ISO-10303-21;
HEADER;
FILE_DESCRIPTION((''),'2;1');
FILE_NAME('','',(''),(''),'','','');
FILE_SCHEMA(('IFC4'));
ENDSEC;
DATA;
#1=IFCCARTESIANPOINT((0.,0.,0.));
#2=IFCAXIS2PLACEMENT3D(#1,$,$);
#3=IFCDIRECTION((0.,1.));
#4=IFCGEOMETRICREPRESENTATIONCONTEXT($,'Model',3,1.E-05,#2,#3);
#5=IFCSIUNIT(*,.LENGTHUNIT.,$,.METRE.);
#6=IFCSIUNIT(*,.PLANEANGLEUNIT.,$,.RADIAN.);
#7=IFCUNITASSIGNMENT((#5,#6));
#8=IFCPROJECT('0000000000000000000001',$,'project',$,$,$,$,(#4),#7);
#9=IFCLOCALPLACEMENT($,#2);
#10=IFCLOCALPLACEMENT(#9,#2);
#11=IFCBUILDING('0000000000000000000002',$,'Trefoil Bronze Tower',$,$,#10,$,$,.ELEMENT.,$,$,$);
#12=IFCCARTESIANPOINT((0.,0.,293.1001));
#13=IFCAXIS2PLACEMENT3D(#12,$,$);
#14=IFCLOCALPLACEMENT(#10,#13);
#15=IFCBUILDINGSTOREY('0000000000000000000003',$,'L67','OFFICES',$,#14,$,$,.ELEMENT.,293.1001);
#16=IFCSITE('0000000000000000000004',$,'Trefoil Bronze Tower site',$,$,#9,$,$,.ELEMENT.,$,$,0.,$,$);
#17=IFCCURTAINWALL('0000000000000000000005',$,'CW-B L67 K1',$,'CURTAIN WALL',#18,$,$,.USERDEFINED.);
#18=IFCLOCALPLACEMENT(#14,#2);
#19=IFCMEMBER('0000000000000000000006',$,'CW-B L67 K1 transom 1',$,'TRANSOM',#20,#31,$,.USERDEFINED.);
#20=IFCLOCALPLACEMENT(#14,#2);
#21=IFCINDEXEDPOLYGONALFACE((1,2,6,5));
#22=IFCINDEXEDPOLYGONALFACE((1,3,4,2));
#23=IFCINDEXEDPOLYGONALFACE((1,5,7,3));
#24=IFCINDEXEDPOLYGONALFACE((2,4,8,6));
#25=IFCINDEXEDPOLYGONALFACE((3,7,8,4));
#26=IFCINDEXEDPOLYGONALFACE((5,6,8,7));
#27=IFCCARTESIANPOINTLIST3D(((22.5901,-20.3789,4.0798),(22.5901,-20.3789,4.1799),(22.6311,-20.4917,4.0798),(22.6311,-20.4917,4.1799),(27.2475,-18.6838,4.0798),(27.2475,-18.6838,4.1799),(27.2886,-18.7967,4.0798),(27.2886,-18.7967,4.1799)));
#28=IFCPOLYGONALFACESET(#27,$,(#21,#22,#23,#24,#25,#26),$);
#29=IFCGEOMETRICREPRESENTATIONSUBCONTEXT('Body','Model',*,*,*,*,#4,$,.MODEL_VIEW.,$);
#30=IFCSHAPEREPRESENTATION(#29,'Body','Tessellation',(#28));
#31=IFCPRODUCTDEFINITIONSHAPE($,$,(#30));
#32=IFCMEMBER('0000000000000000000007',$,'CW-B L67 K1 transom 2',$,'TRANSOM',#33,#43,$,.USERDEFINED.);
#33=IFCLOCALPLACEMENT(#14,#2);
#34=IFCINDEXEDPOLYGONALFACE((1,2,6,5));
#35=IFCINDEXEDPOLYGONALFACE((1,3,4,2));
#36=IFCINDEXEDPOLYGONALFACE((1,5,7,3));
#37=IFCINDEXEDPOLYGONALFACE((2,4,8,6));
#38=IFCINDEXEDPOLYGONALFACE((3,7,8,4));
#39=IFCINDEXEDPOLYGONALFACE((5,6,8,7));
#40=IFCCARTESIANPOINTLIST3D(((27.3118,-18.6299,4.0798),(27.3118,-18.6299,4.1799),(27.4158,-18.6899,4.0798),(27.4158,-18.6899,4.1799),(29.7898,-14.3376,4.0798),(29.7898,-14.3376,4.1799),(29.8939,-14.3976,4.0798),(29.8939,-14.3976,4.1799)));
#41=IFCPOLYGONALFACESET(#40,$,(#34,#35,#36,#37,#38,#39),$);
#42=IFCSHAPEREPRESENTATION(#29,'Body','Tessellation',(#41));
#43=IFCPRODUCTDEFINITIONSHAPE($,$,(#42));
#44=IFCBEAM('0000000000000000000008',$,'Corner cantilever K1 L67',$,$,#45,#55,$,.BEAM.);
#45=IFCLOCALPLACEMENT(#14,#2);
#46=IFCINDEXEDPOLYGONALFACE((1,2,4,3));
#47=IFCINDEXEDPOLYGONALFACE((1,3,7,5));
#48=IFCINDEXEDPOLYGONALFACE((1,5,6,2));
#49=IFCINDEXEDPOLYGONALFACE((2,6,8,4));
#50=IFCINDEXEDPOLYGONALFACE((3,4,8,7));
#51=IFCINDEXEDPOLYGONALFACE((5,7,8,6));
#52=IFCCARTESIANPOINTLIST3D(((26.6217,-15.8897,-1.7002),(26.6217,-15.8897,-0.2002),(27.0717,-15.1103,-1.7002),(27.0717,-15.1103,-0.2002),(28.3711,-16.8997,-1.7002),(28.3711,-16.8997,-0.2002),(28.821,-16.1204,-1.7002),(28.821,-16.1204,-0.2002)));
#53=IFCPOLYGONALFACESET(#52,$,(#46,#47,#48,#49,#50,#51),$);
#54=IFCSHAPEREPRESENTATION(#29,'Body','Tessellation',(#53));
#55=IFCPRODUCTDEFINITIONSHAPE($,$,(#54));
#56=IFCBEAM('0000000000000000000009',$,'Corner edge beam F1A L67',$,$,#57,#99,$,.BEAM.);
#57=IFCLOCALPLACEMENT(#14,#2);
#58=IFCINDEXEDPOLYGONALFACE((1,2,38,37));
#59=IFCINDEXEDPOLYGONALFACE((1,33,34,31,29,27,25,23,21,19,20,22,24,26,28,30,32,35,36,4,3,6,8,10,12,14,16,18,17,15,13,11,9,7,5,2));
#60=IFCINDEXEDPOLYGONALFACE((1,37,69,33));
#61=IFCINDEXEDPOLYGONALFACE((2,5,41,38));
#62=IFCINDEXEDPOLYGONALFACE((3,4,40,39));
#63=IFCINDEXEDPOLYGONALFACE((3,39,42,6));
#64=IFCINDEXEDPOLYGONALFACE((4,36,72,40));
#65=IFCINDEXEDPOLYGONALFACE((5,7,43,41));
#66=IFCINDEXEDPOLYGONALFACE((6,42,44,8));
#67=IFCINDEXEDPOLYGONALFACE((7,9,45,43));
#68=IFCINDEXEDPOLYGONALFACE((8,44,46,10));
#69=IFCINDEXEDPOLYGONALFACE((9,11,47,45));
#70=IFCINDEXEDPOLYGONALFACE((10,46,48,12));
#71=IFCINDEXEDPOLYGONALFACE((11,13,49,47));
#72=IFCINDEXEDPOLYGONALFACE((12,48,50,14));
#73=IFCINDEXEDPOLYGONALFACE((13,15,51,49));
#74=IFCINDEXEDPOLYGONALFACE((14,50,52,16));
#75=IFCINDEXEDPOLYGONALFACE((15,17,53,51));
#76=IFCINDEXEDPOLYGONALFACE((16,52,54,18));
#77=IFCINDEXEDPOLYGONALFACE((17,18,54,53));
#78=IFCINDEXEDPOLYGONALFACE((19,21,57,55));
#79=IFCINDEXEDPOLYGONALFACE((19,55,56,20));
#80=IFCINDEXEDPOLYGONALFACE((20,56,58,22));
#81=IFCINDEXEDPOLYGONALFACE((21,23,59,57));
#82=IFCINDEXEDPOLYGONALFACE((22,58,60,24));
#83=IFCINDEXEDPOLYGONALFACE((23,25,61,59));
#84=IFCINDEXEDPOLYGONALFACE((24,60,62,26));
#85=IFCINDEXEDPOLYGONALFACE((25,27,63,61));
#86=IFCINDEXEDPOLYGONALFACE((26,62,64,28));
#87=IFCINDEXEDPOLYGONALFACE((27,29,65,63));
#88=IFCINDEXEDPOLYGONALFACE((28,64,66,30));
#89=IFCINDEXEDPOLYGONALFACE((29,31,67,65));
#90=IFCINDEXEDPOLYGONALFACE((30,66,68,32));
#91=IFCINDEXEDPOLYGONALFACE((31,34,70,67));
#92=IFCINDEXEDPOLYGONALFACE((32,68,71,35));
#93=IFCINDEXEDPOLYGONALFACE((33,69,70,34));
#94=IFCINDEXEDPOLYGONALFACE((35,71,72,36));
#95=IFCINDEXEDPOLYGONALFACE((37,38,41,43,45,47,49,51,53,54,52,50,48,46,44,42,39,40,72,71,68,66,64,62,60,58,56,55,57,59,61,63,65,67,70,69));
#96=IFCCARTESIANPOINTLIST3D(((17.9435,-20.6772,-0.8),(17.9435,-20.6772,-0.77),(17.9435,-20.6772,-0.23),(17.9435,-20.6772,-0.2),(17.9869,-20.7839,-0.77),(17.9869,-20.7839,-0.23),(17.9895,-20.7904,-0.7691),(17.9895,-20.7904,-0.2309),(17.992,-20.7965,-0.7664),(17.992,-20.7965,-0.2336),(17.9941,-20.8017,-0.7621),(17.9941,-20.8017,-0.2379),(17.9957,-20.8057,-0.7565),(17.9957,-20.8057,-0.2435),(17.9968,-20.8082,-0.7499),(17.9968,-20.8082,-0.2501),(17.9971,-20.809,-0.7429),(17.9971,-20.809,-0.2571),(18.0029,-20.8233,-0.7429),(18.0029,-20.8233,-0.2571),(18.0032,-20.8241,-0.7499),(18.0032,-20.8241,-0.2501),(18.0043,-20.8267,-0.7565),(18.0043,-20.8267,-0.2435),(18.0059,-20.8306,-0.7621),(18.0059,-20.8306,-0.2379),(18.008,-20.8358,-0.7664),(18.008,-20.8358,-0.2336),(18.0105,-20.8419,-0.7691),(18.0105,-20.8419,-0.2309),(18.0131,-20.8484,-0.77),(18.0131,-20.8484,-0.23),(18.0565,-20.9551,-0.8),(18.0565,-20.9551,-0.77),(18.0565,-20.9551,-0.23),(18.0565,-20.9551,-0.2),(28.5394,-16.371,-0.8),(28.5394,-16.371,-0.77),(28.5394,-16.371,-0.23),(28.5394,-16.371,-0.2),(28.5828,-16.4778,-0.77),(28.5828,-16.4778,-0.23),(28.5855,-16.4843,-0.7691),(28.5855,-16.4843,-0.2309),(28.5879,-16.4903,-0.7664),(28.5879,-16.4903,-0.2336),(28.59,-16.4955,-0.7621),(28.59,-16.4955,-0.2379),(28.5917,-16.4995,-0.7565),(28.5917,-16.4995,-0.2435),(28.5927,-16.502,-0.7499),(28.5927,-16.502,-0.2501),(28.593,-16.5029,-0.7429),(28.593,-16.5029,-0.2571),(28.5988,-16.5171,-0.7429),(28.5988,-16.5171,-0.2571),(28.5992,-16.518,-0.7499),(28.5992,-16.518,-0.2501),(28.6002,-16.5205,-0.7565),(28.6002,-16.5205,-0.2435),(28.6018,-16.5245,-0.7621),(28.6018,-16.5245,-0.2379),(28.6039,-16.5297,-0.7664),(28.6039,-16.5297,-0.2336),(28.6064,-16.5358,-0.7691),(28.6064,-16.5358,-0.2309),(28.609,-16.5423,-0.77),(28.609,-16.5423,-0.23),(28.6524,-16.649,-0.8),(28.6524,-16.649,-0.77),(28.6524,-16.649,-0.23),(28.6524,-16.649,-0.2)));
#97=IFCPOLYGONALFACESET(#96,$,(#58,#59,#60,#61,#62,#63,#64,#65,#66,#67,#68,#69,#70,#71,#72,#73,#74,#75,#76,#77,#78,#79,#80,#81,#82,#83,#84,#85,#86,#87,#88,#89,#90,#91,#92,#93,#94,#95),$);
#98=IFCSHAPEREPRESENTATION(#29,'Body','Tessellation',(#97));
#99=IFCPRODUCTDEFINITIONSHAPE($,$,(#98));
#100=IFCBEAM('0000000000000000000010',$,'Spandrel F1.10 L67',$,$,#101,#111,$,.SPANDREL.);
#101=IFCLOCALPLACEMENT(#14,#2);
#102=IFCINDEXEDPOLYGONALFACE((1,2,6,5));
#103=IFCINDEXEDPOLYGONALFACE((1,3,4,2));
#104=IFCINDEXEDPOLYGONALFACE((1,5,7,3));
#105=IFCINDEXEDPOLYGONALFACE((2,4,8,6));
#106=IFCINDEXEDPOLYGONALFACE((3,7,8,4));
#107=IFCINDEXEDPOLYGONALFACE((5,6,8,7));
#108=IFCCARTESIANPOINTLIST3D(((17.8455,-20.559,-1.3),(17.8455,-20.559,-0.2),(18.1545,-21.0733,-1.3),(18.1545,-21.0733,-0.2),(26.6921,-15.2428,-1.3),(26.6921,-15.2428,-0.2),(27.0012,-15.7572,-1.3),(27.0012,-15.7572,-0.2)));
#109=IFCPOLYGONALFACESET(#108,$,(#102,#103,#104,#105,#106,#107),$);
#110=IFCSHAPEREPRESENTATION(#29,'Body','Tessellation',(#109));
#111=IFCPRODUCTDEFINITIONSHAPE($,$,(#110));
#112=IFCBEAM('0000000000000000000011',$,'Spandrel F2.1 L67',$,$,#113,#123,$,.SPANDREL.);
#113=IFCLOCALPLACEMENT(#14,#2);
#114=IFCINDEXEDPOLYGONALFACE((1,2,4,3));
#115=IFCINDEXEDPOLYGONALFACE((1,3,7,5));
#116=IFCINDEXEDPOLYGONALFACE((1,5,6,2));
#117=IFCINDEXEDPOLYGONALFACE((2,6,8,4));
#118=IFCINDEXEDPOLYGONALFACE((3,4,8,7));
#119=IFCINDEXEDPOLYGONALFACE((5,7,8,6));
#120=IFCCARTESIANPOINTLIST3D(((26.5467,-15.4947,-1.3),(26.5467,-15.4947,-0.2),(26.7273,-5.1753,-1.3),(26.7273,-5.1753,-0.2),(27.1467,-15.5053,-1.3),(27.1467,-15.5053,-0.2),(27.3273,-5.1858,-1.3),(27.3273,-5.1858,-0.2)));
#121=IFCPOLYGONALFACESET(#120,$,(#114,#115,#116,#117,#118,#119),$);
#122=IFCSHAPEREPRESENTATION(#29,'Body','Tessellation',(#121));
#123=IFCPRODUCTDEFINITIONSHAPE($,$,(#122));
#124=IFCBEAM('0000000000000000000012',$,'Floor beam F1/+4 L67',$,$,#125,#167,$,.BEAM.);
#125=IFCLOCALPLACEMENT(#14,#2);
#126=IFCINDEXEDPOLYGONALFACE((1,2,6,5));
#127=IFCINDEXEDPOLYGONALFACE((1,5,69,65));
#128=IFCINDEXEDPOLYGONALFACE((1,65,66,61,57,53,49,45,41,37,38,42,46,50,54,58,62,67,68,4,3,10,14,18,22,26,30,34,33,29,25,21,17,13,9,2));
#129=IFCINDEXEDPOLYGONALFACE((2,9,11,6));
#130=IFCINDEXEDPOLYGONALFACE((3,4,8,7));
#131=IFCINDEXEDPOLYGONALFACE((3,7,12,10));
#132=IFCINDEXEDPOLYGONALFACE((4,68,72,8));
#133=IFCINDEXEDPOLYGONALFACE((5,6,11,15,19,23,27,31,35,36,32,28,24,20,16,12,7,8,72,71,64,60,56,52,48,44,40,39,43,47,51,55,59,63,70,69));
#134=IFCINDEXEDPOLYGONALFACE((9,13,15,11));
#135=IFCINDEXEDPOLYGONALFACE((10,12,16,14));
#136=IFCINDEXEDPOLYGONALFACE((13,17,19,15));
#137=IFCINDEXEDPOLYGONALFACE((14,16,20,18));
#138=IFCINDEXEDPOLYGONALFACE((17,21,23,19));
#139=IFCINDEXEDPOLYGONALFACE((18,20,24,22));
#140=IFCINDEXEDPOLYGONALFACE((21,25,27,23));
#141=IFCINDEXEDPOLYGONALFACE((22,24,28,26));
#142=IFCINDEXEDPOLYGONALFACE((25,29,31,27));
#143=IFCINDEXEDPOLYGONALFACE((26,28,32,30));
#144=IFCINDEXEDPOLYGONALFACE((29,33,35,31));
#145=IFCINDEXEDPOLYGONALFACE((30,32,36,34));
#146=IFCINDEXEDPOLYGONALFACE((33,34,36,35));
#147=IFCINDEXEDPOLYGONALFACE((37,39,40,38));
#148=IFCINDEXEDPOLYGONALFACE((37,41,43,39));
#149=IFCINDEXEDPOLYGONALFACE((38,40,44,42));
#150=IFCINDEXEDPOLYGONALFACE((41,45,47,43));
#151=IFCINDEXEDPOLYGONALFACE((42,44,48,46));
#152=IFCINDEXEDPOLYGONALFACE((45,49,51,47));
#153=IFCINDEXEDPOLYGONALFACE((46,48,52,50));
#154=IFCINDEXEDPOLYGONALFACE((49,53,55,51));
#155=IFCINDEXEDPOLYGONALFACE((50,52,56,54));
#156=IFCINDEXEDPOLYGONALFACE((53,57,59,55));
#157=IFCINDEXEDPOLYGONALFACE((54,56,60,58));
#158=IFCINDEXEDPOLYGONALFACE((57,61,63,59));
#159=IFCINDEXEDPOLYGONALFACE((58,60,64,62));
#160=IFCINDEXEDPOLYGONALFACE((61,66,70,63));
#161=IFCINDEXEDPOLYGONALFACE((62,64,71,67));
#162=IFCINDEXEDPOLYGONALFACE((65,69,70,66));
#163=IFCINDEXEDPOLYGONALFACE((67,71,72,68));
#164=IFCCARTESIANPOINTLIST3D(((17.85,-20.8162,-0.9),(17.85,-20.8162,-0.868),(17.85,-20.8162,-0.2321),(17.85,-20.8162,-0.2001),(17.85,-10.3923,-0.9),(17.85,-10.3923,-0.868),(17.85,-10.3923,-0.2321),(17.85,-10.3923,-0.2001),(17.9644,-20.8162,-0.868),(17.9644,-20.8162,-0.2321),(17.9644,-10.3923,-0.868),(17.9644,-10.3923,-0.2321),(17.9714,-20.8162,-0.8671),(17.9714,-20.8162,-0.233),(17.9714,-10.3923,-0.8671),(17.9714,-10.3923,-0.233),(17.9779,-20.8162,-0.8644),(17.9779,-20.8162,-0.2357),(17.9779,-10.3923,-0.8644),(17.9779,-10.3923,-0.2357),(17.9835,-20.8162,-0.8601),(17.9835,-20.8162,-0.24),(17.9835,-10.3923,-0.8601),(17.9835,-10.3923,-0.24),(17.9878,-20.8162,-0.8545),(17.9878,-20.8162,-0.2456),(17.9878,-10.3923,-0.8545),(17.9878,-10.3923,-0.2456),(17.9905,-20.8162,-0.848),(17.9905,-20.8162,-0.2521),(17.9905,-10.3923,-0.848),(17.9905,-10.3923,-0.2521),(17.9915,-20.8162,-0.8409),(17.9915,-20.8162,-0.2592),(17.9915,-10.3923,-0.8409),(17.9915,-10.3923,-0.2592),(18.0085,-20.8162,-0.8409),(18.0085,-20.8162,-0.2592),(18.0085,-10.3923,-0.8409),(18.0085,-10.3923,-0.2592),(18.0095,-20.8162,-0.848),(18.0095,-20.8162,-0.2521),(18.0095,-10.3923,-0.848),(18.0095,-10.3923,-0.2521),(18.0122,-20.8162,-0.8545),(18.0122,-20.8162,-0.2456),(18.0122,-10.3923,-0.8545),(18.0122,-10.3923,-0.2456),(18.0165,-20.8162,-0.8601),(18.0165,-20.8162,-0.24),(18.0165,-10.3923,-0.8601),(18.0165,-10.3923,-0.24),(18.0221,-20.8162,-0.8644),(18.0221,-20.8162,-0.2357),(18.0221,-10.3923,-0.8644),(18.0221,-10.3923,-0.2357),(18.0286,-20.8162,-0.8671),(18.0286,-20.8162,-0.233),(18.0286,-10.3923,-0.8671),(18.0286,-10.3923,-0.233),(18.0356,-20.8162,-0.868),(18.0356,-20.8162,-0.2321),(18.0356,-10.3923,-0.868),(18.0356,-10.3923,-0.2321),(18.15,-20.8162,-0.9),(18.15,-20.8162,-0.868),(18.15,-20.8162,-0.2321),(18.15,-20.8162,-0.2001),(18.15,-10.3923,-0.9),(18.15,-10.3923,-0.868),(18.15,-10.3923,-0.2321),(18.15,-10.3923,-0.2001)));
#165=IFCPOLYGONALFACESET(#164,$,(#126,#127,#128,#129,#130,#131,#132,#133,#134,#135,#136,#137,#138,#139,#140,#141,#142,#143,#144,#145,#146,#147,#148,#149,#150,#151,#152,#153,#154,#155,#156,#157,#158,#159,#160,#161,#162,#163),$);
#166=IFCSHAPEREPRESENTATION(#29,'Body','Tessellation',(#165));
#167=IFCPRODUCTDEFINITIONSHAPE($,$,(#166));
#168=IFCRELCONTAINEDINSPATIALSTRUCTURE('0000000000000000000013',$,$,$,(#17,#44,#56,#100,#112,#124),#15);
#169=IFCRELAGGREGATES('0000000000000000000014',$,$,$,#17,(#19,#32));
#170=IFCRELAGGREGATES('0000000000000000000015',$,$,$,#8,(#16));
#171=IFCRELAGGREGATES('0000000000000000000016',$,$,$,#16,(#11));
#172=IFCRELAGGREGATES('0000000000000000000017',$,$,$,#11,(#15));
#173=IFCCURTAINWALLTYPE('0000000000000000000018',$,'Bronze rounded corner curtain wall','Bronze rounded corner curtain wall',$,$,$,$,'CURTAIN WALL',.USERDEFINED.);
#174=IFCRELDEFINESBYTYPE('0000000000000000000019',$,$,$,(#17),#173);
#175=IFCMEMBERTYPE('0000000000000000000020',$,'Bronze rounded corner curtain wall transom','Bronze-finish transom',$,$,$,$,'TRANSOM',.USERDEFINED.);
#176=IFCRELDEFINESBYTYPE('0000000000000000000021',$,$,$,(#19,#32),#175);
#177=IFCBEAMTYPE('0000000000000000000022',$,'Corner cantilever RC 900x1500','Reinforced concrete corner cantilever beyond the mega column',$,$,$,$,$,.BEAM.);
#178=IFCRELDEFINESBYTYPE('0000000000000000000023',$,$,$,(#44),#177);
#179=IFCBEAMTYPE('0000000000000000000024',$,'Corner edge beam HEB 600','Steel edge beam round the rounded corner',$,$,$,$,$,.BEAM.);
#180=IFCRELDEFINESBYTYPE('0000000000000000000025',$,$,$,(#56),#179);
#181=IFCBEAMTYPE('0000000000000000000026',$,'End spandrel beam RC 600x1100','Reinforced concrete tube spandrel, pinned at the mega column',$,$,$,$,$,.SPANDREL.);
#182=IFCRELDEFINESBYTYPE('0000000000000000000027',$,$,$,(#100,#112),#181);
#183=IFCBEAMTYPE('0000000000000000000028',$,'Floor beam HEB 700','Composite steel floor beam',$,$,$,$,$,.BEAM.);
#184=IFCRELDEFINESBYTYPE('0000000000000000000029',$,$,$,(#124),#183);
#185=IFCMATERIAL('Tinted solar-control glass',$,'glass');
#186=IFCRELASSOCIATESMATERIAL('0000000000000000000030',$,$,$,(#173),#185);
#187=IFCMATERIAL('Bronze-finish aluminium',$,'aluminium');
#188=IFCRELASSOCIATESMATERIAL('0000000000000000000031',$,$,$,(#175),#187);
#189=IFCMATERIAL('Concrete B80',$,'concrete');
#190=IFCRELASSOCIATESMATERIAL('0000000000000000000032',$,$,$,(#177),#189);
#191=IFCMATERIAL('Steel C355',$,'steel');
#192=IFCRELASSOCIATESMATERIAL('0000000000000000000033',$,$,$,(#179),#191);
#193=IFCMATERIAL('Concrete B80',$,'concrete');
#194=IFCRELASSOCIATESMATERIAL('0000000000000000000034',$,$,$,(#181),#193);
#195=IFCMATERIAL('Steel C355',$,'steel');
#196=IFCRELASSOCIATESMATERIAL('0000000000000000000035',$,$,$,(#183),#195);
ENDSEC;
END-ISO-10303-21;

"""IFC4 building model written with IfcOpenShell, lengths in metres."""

from ifc_helpers import new_model, si_unit, direction, frame, origin, origin_2d, place, context, subcontext, project, spatial, rectangle, i_section, extrude, material, material_profile, profile_set, type_object, element, aggregate, save


model = new_model("IFC4")

# Units and contexts
model_context = context("Model", 3, precision=1e-05, world=origin(), true_north=direction((0.0, 1.0)))
body_context = subcontext(model_context, "Body", "Model", "MODEL_VIEW")
ifc_project = project(units=[si_unit("LENGTHUNIT", "METRE"), si_unit("PLANEANGLEUNIT", "RADIAN")], contexts=[model_context])

# Site, building, storey
site_placement = place(None, origin())
site = spatial("IfcSite", under=ifc_project, at=site_placement, Name="Trefoil Bronze Tower site", CompositionType="ELEMENT", RefElevation=0.0)
building_placement = place(site_placement, origin())
building = spatial("IfcBuilding", under=site, at=building_placement, Name="Trefoil Bronze Tower", CompositionType="ELEMENT")
storey_placement = place(building_placement, frame((0.0, 0.0, 293.1001)))
storey = spatial("IfcBuildingStorey", under=building, at=storey_placement, Name="L67", Description="OFFICES", CompositionType="ELEMENT", Elevation=293.1001)

# Curtain wall, members
ifc_material_1 = material(Name="Tinted solar-control glass", Category="glass")
curtain_wall_type_1 = type_object("IfcCurtainWallType", Name="Bronze rounded corner curtain wall", Description="Bronze rounded corner curtain wall", ElementType="CURTAIN WALL", PredefinedType="USERDEFINED", material=ifc_material_1)
curtain_wall_1_placement = place(storey_placement, origin())
curtain_wall_1 = element("IfcCurtainWall", 1, at=curtain_wall_1_placement, inside=storey, type_object=curtain_wall_type_1, Name="CW-B L67 K1", ObjectType="CURTAIN WALL", PredefinedType="USERDEFINED")
ifc_material_2 = material(Name="Bronze-finish aluminium", Category="aluminium")
ifc_material_profile_1 = material_profile(ifc_material_2, rectangle(XDim=0.1201, YDim=0.1001, at=origin_2d()), Name="CW-B transom")
ifc_profile_set_1 = profile_set([ifc_material_profile_1], Name="Bronze-finish aluminium")
member_type_1 = type_object("IfcMemberType", Name="Bronze rounded corner curtain wall transom", Description="Bronze-finish transom", ElementType="TRANSOM", PredefinedType="USERDEFINED", material=ifc_profile_set_1)
member_1_placement = place(storey_placement, frame((22.6106, -20.4353, 4.1299), z_axis=(0.9397, 0.342, 0.0), x_axis=(-0.342, 0.9397, 0.0)))
member_1 = element("IfcMember", 2, at=member_1_placement, type_object=member_type_1, Name="CW-B L67 K1 transom 1", ObjectType="TRANSOM", PredefinedType="USERDEFINED", context=body_context, shape_type="SweptSolid", body=[
    extrude(rectangle(XDim=0.1201, YDim=0.1001, at=origin_2d()), origin(), (0.0, 0.0, 1.0), 4.9563),
])
member_2_placement = place(storey_placement, frame((27.3638, -18.6599, 4.1299), z_axis=(0.499985, 0.866034, 0.0), x_axis=(-0.866034, 0.499985, 0.0)))
member_2 = element("IfcMember", 3, at=member_2_placement, type_object=member_type_1, Name="CW-B L67 K1 transom 2", ObjectType="TRANSOM", PredefinedType="USERDEFINED", context=body_context, shape_type="SweptSolid", body=[
    extrude(rectangle(XDim=0.1201, YDim=0.1001, at=origin_2d()), origin(), (0.0, 0.0, 1.0), 4.9563),
])

# Beams
ifc_material_3 = material(Name="Concrete B80", Category="concrete")
ifc_material_profile_2 = material_profile(ifc_material_3, rectangle(XDim=0.8999, YDim=1.5, at=origin_2d()), Name="RC 900x1500")
ifc_profile_set_2 = profile_set([ifc_material_profile_2], Name="Concrete B80")
beam_type_1 = type_object("IfcBeamType", Name="Corner cantilever RC 900x1500", Description="Reinforced concrete corner cantilever beyond the mega column", PredefinedType="BEAM", material=ifc_profile_set_2)
beam_1_placement = place(storey_placement, frame((26.8467, -15.5, -0.9502), z_axis=(0.86601, -0.500026, 0.0), x_axis=(0.500026, 0.86601, 0.0)))
element("IfcBeam", 4, at=beam_1_placement, inside=storey, type_object=beam_type_1, Name="Corner cantilever K1 L67", PredefinedType="BEAM", context=body_context, shape_type="SweptSolid", body=[
    extrude(rectangle(XDim=0.8999, YDim=1.5, at=origin_2d()), origin(), (0.0, 0.0, 1.0), 2.02),
])
ifc_material_4 = material(Name="Steel C355", Category="steel")
ifc_material_profile_3 = material_profile(ifc_material_4, i_section(OverallWidth=0.3, OverallDepth=0.6001, WebThickness=0.0154, FlangeThickness=0.03, FilletRadius=0.0271, at=origin_2d()), Name="HEB 600")
ifc_profile_set_3 = profile_set([ifc_material_profile_3], Name="Steel C355")
beam_type_2 = type_object("IfcBeamType", Name="Corner edge beam HEB 600", Description="Steel edge beam round the rounded corner", PredefinedType="BEAM", material=ifc_profile_set_3)
beam_2_placement = place(storey_placement, frame((18.0, -20.8162, -0.5), z_axis=(0.926419, 0.376493, 0.0), x_axis=(-0.376493, 0.926419, 0.0)))
element("IfcBeam", 5, at=beam_2_placement, inside=storey, type_object=beam_type_2, Name="Corner edge beam F1A L67", PredefinedType="BEAM", context=body_context, shape_type="SweptSolid", body=[
    extrude(i_section(OverallWidth=0.3, OverallDepth=0.6001, WebThickness=0.0154, FlangeThickness=0.03, FilletRadius=0.0271, at=origin_2d()), origin(), (0.0, 0.0, 1.0), 11.4375),
])
ifc_material_5 = material(Name="Concrete B80", Category="concrete")
ifc_material_profile_4 = material_profile(ifc_material_5, rectangle(XDim=0.6001, YDim=1.1001, at=origin_2d()), Name="RC 600x1100")
ifc_profile_set_4 = profile_set([ifc_material_profile_4], Name="Concrete B80")
beam_type_3 = type_object("IfcBeamType", Name="End spandrel beam RC 600x1100", Description="Reinforced concrete tube spandrel, pinned at the mega column", PredefinedType="SPANDREL", material=ifc_profile_set_4)
for number, where, z_axis, x_axis, name in (
    (6, (18.0, -20.8162, -0.75), (0.857144, 0.515077, 0.0), (-0.515077, 0.857144, 0.0), "Spandrel F1.10 L67"),
    (7, (26.8467, -15.5, -0.75), (0.017504, 0.999847, 0.0), (-0.999847, 0.017504, 0.0), "Spandrel F2.1 L67"),
):
    element("IfcBeam", number, at=place(storey_placement, frame(where, z_axis=z_axis, x_axis=x_axis)), inside=storey, type_object=beam_type_3, Name=name, PredefinedType="SPANDREL", context=body_context, shape_type="SweptSolid", body=[
        extrude(rectangle(XDim=0.6001, YDim=1.1001, at=origin_2d()), origin(), (0.0, 0.0, 1.0), 10.321),
    ])
ifc_material_6 = material(Name="Steel C355", Category="steel")
ifc_material_profile_5 = material_profile(ifc_material_6, i_section(OverallWidth=0.3, OverallDepth=0.7, WebThickness=0.0171, FlangeThickness=0.032, FilletRadius=0.0271, at=origin_2d()), Name="HEB 700")
ifc_profile_set_5 = profile_set([ifc_material_profile_5], Name="Steel C355")
beam_type_4 = type_object("IfcBeamType", Name="Floor beam HEB 700", Description="Composite steel floor beam", PredefinedType="BEAM", material=ifc_profile_set_5)
beam_3_placement = place(storey_placement, frame((18.0, -20.8162, -0.55), z_axis=(0.0, 1.0, 0.0), x_axis=(-1.0, 0.0, 0.0)))
element("IfcBeam", 8, at=beam_3_placement, inside=storey, type_object=beam_type_4, Name="Floor beam F1/+4 L67", PredefinedType="BEAM", context=body_context, shape_type="SweptSolid", body=[
    extrude(i_section(OverallWidth=0.3, OverallDepth=0.7, WebThickness=0.0171, FlangeThickness=0.032, FilletRadius=0.0271, at=origin_2d()), origin(), (0.0, 0.0, 1.0), 10.4238),
])

aggregate(curtain_wall_1, [member_1, member_2])

save(model, "model.ifc")
